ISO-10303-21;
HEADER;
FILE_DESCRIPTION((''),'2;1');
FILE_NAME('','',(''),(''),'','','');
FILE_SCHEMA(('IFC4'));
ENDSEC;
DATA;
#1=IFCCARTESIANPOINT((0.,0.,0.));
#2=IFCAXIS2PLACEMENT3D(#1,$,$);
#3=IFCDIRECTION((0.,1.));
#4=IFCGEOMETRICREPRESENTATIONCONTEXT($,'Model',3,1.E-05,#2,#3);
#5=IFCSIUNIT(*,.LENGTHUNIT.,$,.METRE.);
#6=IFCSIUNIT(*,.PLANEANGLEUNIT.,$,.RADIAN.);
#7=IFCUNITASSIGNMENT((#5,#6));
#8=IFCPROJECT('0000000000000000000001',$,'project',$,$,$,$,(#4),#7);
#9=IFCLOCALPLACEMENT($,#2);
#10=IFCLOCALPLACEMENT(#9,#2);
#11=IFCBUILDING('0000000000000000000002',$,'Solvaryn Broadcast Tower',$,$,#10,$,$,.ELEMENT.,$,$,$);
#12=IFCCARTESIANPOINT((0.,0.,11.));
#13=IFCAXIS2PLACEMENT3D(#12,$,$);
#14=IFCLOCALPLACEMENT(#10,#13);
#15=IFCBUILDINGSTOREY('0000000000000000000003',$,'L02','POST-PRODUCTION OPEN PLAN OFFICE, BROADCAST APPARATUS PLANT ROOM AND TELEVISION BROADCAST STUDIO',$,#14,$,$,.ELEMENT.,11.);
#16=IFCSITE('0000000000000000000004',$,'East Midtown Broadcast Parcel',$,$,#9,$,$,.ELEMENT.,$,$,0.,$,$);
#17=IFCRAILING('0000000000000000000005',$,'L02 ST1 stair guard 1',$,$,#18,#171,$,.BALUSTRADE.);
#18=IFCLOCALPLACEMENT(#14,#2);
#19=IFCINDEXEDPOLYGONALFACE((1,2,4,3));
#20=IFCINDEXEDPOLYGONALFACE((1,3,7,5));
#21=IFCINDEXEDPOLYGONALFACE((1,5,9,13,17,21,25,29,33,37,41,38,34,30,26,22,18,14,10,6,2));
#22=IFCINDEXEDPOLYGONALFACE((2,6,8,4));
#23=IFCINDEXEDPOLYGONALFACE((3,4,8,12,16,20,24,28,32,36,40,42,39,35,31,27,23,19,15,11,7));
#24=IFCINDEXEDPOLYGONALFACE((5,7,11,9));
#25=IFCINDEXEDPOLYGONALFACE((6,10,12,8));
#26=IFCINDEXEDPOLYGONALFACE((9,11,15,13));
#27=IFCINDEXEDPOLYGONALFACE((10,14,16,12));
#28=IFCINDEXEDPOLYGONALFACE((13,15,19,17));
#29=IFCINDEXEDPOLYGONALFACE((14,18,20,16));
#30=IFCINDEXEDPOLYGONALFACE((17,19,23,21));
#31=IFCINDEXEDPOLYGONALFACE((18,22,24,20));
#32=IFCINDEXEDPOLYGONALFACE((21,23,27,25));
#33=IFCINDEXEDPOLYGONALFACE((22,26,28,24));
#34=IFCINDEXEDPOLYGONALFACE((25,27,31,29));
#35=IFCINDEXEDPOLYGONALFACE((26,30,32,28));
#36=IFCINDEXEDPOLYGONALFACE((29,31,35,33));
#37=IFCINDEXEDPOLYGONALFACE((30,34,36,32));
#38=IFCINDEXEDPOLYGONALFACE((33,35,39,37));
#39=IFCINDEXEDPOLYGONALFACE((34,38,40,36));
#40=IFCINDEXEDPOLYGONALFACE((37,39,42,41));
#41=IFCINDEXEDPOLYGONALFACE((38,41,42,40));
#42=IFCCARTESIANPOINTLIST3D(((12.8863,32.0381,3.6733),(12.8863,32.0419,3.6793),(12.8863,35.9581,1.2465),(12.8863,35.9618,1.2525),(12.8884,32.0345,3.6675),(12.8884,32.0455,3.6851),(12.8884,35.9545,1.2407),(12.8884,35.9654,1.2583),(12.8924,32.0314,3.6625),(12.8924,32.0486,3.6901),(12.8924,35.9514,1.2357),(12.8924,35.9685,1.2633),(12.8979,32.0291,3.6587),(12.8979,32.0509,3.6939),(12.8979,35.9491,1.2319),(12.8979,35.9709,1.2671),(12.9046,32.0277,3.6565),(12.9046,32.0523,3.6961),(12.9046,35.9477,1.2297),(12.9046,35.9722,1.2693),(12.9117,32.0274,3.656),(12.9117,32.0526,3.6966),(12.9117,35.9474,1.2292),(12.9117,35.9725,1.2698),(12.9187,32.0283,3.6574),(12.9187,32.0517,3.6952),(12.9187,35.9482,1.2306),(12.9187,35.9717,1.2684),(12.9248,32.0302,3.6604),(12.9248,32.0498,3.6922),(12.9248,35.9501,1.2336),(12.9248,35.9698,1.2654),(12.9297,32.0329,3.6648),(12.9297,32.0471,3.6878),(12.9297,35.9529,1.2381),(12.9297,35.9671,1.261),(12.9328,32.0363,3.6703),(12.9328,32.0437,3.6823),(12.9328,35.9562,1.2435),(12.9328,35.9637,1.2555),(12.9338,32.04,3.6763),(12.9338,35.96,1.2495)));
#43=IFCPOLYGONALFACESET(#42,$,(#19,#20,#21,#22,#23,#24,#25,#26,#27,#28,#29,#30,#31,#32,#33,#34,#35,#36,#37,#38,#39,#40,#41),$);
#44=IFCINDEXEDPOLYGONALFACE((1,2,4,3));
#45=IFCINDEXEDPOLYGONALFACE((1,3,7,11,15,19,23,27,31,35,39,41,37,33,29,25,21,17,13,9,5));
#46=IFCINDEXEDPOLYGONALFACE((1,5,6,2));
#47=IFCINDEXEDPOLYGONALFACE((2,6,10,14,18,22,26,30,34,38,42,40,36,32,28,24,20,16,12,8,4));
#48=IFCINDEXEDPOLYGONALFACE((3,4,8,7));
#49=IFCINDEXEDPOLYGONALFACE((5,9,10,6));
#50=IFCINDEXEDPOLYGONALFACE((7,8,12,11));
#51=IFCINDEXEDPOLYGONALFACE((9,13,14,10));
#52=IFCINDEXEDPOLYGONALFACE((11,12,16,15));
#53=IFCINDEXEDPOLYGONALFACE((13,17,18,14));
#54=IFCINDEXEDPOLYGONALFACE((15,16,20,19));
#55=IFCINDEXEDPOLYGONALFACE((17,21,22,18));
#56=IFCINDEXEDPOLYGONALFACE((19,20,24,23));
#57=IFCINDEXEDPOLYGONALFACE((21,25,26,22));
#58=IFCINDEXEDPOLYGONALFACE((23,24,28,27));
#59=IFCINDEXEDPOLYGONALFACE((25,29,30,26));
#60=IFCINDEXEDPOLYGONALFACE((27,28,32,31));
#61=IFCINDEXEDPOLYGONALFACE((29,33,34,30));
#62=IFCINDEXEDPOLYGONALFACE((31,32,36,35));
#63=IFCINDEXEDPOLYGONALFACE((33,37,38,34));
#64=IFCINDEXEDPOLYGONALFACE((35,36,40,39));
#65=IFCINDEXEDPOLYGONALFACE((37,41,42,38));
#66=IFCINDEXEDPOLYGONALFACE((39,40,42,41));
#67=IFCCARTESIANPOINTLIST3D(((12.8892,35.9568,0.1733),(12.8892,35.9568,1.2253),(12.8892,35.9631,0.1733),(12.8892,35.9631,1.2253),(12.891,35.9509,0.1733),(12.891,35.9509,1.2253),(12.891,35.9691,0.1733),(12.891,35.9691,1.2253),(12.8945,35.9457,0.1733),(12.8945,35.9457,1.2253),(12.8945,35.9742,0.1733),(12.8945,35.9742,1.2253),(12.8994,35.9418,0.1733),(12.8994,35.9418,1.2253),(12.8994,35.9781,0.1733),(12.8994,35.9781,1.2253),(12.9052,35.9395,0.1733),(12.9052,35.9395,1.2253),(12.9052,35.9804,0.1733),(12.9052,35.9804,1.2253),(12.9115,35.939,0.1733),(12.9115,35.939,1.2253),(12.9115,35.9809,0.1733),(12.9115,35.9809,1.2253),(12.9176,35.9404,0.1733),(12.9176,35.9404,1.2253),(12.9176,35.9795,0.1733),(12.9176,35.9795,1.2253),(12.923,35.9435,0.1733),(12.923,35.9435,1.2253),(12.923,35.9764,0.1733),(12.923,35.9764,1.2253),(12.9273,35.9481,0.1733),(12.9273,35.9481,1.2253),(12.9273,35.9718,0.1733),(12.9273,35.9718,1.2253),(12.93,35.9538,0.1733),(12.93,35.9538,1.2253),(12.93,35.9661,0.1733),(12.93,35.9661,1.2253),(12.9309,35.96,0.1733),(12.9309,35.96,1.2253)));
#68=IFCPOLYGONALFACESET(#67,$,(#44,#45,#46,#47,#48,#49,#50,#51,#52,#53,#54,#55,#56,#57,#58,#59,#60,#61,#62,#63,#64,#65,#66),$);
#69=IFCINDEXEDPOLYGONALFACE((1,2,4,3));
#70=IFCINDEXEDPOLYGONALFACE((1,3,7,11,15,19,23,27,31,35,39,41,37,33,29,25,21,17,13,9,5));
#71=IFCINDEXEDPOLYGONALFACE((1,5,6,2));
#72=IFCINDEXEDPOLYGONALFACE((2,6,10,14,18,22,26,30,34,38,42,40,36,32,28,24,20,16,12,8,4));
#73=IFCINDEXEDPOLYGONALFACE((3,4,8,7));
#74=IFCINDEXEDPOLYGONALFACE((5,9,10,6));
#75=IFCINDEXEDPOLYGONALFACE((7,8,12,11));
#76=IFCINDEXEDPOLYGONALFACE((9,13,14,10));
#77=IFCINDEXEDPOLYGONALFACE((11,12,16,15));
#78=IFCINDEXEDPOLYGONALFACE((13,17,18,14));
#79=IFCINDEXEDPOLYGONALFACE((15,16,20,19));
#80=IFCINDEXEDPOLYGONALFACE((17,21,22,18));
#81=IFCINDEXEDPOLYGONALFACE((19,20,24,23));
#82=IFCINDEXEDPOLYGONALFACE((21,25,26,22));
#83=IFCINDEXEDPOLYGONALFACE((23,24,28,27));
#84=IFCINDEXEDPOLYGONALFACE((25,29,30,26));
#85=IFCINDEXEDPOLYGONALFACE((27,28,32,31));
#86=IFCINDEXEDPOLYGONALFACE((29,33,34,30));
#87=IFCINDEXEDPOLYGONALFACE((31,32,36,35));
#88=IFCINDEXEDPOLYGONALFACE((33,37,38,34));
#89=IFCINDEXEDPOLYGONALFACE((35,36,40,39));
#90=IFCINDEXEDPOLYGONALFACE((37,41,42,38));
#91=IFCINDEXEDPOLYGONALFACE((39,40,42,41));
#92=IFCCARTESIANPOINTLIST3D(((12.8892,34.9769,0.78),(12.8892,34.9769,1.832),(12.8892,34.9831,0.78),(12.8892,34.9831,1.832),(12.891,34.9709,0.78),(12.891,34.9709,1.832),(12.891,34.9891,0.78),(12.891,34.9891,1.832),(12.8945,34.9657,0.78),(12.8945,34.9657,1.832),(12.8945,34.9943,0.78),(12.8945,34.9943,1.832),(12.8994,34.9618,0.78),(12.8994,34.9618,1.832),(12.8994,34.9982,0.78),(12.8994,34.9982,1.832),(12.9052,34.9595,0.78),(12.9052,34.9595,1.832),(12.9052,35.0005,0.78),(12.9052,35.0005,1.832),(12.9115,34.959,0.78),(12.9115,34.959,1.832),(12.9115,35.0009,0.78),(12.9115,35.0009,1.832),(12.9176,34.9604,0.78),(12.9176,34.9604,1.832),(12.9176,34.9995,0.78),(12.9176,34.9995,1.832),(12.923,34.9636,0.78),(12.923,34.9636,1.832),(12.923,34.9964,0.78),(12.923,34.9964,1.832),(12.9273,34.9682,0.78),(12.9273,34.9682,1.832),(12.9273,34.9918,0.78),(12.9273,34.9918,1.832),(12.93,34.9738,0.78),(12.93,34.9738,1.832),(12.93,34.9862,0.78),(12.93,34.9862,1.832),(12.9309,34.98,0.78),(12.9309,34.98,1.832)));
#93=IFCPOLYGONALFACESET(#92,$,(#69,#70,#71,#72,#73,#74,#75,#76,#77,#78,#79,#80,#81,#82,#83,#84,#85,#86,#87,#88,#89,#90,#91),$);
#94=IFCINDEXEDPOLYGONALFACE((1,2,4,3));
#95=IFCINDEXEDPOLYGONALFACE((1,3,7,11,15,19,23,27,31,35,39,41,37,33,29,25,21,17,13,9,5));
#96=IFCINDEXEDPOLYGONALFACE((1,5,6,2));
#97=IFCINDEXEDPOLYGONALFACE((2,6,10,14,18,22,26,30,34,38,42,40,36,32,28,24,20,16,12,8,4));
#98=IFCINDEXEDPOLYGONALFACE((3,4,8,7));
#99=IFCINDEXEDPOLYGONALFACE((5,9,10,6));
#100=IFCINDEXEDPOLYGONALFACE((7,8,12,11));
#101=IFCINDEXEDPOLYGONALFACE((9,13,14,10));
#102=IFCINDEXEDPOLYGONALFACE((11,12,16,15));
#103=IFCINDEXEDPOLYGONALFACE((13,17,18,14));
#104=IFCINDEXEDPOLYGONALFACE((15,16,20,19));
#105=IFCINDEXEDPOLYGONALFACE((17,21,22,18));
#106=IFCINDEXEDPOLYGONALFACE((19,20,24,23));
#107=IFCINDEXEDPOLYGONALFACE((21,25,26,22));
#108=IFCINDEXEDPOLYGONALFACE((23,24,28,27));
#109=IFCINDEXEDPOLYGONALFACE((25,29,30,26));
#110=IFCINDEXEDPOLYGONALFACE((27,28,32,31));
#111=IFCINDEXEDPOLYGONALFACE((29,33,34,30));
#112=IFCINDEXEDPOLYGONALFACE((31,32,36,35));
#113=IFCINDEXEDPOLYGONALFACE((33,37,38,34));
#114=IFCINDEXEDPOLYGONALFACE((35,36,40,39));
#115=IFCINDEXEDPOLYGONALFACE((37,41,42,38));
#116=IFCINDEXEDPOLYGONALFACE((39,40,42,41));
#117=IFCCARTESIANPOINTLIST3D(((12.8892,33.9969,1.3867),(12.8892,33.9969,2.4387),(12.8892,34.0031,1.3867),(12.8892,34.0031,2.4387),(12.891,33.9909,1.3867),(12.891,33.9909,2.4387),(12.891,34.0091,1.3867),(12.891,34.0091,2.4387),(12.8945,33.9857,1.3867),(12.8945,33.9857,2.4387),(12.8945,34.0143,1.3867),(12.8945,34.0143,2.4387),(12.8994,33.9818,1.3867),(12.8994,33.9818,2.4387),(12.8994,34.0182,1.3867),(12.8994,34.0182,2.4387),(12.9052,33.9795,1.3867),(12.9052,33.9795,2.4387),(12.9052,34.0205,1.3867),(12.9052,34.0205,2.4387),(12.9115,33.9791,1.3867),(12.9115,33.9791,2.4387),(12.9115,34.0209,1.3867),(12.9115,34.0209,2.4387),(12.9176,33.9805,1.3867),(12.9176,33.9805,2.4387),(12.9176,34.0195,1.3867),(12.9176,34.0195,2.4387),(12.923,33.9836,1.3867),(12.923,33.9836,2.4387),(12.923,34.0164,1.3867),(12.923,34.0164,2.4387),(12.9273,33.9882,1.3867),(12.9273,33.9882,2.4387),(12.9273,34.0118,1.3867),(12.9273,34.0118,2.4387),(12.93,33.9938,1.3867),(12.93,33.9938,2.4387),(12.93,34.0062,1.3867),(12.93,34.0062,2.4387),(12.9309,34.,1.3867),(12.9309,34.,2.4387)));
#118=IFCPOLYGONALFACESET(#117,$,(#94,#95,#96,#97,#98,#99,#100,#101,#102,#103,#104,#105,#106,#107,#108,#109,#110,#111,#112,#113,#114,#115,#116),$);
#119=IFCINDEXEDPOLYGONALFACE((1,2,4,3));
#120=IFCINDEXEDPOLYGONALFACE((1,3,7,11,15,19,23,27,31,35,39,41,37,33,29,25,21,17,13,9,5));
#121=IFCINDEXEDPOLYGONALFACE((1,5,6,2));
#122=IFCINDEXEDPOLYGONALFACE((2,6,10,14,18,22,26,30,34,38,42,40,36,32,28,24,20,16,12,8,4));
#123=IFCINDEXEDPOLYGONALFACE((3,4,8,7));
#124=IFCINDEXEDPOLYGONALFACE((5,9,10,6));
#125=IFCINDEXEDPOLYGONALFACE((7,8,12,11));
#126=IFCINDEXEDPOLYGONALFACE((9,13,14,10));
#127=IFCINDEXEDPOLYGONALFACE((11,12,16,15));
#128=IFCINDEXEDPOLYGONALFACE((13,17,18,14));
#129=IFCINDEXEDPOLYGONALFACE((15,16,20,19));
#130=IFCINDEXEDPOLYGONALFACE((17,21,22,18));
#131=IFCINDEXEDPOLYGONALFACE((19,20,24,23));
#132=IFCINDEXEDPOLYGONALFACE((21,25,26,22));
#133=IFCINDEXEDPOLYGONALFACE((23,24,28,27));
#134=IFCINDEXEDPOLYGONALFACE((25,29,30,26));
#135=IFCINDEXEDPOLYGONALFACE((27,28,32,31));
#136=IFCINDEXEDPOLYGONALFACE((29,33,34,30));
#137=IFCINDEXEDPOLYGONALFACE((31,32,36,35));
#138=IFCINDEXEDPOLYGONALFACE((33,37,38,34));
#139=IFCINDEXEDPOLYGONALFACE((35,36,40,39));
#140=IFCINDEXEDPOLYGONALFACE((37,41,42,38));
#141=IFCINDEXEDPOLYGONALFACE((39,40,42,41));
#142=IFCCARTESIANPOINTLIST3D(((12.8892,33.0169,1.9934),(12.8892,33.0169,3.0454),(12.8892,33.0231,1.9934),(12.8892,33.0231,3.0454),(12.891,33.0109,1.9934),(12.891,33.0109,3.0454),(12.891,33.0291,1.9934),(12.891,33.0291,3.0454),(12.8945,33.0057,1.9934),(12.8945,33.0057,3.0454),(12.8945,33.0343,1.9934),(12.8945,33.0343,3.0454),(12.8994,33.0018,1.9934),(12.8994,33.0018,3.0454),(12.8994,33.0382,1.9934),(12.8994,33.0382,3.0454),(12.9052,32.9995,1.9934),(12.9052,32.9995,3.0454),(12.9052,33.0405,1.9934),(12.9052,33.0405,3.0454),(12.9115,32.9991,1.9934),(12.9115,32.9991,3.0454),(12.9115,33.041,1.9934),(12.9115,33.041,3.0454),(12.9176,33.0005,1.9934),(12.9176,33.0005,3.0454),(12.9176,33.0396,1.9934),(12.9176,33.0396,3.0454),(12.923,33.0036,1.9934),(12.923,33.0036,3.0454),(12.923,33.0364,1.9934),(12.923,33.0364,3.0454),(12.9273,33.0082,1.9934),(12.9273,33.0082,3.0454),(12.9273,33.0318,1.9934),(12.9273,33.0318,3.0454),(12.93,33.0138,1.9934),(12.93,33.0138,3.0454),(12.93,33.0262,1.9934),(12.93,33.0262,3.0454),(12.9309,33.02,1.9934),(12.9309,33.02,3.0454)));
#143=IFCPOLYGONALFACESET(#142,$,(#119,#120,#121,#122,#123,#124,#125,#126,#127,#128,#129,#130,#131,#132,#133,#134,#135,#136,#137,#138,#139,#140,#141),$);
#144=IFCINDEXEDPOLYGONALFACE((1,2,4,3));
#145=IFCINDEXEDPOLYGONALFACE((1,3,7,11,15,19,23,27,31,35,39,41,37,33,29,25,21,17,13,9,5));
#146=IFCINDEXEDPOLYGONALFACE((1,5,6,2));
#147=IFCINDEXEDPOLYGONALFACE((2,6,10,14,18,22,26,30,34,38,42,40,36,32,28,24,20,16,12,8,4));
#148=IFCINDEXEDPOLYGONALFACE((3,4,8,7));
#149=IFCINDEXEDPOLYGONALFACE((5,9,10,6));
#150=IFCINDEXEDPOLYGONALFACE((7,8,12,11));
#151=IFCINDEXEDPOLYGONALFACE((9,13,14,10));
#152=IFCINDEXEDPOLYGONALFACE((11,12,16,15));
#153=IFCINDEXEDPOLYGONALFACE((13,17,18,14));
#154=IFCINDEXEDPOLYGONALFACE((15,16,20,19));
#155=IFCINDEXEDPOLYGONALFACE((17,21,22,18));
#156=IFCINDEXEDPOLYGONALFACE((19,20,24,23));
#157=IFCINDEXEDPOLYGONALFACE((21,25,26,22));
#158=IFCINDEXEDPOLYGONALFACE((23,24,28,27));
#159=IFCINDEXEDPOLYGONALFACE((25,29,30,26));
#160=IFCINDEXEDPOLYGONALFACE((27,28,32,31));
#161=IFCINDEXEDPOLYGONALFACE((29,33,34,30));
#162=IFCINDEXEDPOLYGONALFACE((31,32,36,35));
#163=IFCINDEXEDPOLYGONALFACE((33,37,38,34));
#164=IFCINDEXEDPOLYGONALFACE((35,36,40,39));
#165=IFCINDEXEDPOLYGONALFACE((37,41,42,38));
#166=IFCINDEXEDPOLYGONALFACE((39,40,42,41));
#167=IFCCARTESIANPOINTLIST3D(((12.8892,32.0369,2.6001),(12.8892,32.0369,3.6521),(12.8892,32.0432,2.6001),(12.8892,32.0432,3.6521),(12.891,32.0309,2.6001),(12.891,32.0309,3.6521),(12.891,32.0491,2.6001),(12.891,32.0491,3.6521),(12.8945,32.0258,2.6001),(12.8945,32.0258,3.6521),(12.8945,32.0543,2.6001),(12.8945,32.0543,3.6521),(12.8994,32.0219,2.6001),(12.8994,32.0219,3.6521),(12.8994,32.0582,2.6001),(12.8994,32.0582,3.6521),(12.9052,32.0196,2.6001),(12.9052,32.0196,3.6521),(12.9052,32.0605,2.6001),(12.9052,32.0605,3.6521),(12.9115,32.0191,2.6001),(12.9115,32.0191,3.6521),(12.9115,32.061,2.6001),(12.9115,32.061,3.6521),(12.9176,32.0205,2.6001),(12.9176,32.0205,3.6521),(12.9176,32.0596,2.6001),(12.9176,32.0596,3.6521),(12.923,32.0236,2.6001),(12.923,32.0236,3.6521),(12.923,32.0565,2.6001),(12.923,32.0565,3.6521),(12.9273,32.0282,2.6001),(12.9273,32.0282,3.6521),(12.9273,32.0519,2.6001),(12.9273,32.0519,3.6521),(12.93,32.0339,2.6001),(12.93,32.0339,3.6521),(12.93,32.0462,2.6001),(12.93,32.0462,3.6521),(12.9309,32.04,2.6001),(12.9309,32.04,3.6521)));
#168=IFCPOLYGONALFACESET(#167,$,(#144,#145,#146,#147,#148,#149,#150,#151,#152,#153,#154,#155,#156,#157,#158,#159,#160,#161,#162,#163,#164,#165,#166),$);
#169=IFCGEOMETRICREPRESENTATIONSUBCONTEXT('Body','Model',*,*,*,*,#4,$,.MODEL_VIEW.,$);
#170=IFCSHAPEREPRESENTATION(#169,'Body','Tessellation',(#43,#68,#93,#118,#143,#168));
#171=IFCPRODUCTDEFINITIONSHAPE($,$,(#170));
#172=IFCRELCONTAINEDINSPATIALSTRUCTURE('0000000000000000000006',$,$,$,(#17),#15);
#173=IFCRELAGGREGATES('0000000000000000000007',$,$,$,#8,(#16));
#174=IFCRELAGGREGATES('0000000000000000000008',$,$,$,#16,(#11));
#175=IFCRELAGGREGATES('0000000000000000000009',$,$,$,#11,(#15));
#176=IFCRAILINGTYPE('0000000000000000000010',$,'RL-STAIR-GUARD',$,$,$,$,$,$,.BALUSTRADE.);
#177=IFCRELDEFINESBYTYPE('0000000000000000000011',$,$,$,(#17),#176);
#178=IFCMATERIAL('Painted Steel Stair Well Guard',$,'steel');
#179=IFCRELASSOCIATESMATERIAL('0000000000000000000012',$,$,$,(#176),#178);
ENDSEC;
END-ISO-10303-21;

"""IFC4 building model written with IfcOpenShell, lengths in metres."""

from ifc_helpers import new_model, si_unit, direction, frame, origin, origin_2d, place, context, subcontext, project, spatial, circle, extrude, material, type_object, element, save


model = new_model("IFC4")

# Units and contexts
model_context = context("Model", 3, precision=1e-05, world=origin(), true_north=direction((0.0, 1.0)))
body_context = subcontext(model_context, "Body", "Model", "MODEL_VIEW")
ifc_project = project(units=[si_unit("LENGTHUNIT", "METRE"), si_unit("PLANEANGLEUNIT", "RADIAN")], contexts=[model_context])

# Site, building, storey
site_placement = place(None, origin())
site = spatial("IfcSite", under=ifc_project, at=site_placement, Name="East Midtown Broadcast Parcel", CompositionType="ELEMENT", RefElevation=0.0)
building_placement = place(site_placement, origin())
building = spatial("IfcBuilding", under=site, at=building_placement, Name="Solvaryn Broadcast Tower", CompositionType="ELEMENT")
storey_placement = place(building_placement, frame((0.0, 0.0, 11.0)))
storey = spatial("IfcBuildingStorey", under=building, at=storey_placement, Name="L02", Description="POST-PRODUCTION OPEN PLAN OFFICE, BROADCAST APPARATUS PLANT ROOM AND TELEVISION BROADCAST STUDIO", CompositionType="ELEMENT", Elevation=11.0)

# Railing
ifc_material_1 = material(Name="Painted Steel Stair Well Guard", Category="steel")
railing_type_1 = type_object("IfcRailingType", Name="RL-STAIR-GUARD", PredefinedType="BALUSTRADE", material=ifc_material_1)
railing_1_placement = place(storey_placement, frame((12.9099, 35.96, 0.1733)))
element("IfcRailing", 1, at=railing_1_placement, inside=storey, type_object=railing_type_1, Name="L02 ST1 stair guard 1", PredefinedType="BALUSTRADE", context=body_context, shape_type="SweptSolid", body=[
    extrude(circle(Radius=0.0239, at=origin_2d()), frame((0.0, 0.0, 1.0762), z_axis=(0.0, -0.850252, 0.526376), x_axis=(1.0, 0.0, 0.0)), (0.0, 0.0, 1.0), 4.6104),
    extrude(circle(Radius=0.021, at=origin_2d()), origin(), (0.0, 0.0, 1.0), 1.052),
    extrude(circle(Radius=0.021, at=origin_2d()), frame((0.0, -0.98, 0.6067)), (0.0, 0.0, 1.0), 1.052),
    extrude(circle(Radius=0.021, at=origin_2d()), frame((0.0, -1.96, 1.2134)), (0.0, 0.0, 1.0), 1.052),
    extrude(circle(Radius=0.021, at=origin_2d()), frame((0.0, -2.9399, 1.8201)), (0.0, 0.0, 1.0), 1.052),
    extrude(circle(Radius=0.021, at=origin_2d()), frame((0.0, -3.9199, 2.4268)), (0.0, 0.0, 1.0), 1.052),
])

save(model, "model.ifc")
